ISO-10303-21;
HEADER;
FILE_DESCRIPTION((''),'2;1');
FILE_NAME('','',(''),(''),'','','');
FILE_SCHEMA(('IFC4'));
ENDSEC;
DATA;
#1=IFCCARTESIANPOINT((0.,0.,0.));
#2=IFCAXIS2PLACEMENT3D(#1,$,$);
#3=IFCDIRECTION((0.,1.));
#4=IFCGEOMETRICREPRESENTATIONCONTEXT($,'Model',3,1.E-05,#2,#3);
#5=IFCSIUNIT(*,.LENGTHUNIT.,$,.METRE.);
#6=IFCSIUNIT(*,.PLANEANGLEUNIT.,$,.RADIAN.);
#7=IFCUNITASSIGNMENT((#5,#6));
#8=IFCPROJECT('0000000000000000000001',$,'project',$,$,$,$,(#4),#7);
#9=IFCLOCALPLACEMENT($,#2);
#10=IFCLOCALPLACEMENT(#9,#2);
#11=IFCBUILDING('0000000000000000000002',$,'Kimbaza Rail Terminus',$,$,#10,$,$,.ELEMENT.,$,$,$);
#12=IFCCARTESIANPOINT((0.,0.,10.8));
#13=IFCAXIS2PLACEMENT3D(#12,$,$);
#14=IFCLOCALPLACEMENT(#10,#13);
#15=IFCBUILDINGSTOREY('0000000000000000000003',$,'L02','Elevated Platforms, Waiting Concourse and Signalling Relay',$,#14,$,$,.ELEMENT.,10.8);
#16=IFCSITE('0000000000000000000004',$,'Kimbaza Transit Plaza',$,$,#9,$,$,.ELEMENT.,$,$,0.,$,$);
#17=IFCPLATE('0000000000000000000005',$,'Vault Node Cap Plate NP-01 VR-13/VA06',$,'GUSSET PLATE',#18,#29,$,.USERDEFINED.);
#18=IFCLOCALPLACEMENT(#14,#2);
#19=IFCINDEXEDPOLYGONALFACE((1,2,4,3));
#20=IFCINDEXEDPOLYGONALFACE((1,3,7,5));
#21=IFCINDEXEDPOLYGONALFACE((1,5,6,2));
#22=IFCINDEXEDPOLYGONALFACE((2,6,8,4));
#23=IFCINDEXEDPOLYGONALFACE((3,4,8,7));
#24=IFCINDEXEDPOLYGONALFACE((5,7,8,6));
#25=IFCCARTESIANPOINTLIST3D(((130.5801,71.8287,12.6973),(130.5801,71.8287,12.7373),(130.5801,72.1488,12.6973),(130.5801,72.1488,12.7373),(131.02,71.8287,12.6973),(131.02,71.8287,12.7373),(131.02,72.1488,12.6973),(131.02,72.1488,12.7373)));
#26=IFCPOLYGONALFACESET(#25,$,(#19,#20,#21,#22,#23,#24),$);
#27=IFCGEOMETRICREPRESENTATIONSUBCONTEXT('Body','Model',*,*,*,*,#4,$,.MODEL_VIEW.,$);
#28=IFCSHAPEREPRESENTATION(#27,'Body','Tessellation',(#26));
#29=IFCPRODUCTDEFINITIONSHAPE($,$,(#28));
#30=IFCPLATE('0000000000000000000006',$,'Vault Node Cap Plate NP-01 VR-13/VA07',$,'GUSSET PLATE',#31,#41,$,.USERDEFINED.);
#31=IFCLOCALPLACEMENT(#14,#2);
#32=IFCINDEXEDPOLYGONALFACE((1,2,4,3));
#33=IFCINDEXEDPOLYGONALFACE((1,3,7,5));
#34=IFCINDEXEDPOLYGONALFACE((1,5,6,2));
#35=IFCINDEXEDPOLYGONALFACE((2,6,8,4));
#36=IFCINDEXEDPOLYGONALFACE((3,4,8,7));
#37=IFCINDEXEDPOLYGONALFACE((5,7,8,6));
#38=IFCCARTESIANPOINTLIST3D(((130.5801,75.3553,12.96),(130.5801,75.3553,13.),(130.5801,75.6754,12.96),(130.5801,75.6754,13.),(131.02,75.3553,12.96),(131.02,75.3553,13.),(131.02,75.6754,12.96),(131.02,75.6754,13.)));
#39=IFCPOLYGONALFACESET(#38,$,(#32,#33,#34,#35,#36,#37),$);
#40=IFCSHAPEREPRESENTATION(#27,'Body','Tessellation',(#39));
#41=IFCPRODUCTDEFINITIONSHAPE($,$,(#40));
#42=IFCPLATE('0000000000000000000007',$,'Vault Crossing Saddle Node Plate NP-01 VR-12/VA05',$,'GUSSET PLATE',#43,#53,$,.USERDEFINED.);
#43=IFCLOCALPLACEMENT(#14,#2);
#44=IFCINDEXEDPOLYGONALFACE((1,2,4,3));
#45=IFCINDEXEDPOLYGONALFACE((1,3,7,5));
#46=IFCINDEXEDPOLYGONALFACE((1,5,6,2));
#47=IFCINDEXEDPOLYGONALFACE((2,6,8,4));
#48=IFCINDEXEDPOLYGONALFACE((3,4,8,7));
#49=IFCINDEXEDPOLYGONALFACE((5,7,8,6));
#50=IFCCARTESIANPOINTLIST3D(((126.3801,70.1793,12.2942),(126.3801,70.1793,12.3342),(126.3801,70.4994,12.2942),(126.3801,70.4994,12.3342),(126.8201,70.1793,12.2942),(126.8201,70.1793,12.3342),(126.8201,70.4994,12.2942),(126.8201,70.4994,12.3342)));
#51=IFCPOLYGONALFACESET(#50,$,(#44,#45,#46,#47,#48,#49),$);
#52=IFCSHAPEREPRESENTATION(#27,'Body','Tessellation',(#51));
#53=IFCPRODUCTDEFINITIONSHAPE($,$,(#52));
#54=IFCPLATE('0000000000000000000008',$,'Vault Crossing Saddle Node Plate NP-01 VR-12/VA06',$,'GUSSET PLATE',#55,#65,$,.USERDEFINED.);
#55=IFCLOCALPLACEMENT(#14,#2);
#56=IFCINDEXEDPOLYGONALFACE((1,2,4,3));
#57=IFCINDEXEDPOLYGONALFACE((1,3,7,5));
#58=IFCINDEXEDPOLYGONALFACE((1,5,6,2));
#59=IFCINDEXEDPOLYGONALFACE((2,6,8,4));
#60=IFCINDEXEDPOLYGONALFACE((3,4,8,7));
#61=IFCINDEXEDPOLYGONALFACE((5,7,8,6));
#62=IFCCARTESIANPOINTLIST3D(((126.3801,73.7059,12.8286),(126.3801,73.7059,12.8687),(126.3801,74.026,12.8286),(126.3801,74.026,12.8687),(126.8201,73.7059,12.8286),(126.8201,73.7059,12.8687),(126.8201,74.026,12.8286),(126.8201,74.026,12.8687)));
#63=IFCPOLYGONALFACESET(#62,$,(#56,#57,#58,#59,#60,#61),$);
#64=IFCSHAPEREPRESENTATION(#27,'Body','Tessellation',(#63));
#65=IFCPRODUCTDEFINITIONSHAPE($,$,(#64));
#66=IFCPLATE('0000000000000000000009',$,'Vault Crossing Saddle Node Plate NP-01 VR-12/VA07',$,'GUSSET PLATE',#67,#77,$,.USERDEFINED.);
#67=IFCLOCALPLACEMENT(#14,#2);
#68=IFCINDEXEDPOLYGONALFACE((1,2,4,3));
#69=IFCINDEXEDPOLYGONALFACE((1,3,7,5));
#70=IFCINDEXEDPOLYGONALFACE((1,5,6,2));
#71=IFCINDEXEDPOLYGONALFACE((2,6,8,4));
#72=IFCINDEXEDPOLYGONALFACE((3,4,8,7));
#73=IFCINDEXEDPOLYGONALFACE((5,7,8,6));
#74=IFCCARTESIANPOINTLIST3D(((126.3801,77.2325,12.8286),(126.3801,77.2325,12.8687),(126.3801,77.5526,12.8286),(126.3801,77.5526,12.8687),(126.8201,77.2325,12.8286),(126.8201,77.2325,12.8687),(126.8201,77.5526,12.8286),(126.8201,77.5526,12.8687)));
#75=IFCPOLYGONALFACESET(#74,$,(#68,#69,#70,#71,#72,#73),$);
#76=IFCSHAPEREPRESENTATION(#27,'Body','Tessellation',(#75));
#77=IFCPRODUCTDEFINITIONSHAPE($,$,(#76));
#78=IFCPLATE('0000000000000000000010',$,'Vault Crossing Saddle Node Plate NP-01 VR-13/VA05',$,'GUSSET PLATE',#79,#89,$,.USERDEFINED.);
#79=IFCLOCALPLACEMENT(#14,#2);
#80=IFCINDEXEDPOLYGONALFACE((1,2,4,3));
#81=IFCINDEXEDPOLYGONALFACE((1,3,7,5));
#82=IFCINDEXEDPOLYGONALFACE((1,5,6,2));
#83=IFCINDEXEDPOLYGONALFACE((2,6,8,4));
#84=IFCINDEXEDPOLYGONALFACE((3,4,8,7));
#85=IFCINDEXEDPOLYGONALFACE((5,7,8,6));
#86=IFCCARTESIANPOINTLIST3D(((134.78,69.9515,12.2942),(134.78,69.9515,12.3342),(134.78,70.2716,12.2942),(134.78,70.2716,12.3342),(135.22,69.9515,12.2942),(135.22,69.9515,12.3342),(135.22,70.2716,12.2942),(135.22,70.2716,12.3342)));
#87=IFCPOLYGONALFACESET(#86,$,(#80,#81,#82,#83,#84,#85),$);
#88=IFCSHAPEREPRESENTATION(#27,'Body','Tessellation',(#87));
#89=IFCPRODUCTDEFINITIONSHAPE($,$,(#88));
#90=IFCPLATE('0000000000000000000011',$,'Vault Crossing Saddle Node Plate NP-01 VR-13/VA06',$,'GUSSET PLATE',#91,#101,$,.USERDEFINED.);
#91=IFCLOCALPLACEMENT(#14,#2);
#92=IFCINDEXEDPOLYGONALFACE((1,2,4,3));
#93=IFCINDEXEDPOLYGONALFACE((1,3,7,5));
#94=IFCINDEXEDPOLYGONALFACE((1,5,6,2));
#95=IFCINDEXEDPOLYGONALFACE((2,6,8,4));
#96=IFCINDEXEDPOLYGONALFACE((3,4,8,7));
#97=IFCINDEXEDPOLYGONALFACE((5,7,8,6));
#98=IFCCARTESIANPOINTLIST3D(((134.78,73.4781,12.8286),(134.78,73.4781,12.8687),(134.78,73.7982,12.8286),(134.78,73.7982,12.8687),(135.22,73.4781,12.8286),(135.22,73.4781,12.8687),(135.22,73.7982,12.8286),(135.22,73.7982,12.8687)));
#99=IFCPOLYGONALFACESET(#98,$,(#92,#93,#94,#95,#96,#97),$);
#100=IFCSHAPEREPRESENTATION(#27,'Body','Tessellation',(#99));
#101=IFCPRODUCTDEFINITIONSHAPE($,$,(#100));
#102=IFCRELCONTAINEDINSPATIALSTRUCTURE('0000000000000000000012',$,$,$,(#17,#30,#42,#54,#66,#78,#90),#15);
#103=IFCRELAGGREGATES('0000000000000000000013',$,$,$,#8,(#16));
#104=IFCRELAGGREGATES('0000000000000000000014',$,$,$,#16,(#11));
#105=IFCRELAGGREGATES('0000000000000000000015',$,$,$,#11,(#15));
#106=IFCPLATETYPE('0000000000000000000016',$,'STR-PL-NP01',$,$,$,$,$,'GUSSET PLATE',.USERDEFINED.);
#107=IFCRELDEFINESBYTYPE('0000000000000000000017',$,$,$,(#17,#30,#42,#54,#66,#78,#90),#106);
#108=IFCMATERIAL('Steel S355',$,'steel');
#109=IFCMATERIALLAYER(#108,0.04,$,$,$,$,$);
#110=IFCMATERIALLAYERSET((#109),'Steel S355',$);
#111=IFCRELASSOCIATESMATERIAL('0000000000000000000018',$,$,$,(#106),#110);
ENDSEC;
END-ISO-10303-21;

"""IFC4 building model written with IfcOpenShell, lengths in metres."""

from ifc_helpers import new_model, si_unit, direction, frame, origin, origin_2d, place, context, subcontext, project, spatial, rectangle, extrude, material, layer, layer_set, type_object, element, save


model = new_model("IFC4")

# Units and contexts
model_context = context("Model", 3, precision=1e-05, world=origin(), true_north=direction((0.0, 1.0)))
body_context = subcontext(model_context, "Body", "Model", "MODEL_VIEW")
ifc_project = project(units=[si_unit("LENGTHUNIT", "METRE"), si_unit("PLANEANGLEUNIT", "RADIAN")], contexts=[model_context])

# Site, building, storey
site_placement = place(None, origin())
site = spatial("IfcSite", under=ifc_project, at=site_placement, Name="Kimbaza Transit Plaza", CompositionType="ELEMENT", RefElevation=0.0)
building_placement = place(site_placement, origin())
building = spatial("IfcBuilding", under=site, at=building_placement, Name="Kimbaza Rail Terminus", CompositionType="ELEMENT")
storey_placement = place(building_placement, frame((0.0, 0.0, 10.8)))
storey = spatial("IfcBuildingStorey", under=building, at=storey_placement, Name="L02", Description="Elevated Platforms, Waiting Concourse and Signalling Relay", CompositionType="ELEMENT", Elevation=10.8)

# Plates
ifc_material_1 = material(Name="Steel S355", Category="steel")
ifc_layer_1 = layer(ifc_material_1, 0.04)
ifc_layer_set_1 = layer_set([ifc_layer_1], Name="Steel S355")
plate_type_1 = type_object("IfcPlateType", Name="STR-PL-NP01", ElementType="GUSSET PLATE", PredefinedType="USERDEFINED", material=ifc_layer_set_1)
for number, where, z_axis, x_axis, name in (
    (1, (130.8, 71.9888, 12.6973), (0.0, 0.0, 1.0), (1.0, 0.0, 0.0), "Vault Node Cap Plate NP-01 VR-13/VA06"),
    (2, (130.8, 75.5154, 12.96), (0.0, 0.0, 1.0), (1.0, 0.0, 0.0), "Vault Node Cap Plate NP-01 VR-13/VA07"),
    (3, (126.6001, 70.3394, 12.2942), (0.0, 0.0, 1.0), (1.0, 0.0, 0.0), "Vault Crossing Saddle Node Plate NP-01 VR-12/VA05"),
    (4, (126.6001, 73.866, 12.8286), (0.0, 0.0, 1.0), (1.0, 0.0, 0.0), "Vault Crossing Saddle Node Plate NP-01 VR-12/VA06"),
    (5, (126.6001, 77.3926, 12.8286), (0.0, 0.0, 1.0), (1.0, 0.0, 0.0), "Vault Crossing Saddle Node Plate NP-01 VR-12/VA07"),
    (6, (135.0, 70.1116, 12.2942), (0.0, 0.0, 1.0), (1.0, 0.0, 0.0), "Vault Crossing Saddle Node Plate NP-01 VR-13/VA05"),
    (7, (135.0, 73.6382, 12.8286), (0.0, 0.0, 1.0), (1.0, 0.0, 0.0), "Vault Crossing Saddle Node Plate NP-01 VR-13/VA06"),
):
    element("IfcPlate", number, at=place(storey_placement, frame(where, z_axis=z_axis, x_axis=x_axis)), inside=storey, type_object=plate_type_1, Name=name, ObjectType="GUSSET PLATE", PredefinedType="USERDEFINED", context=body_context, shape_type="SweptSolid", body=[
        extrude(rectangle(XDim=0.4399, YDim=0.3201, at=origin_2d()), origin(), (0.0, 0.0, 1.0), 0.04),
    ])

save(model, "model.ifc")
